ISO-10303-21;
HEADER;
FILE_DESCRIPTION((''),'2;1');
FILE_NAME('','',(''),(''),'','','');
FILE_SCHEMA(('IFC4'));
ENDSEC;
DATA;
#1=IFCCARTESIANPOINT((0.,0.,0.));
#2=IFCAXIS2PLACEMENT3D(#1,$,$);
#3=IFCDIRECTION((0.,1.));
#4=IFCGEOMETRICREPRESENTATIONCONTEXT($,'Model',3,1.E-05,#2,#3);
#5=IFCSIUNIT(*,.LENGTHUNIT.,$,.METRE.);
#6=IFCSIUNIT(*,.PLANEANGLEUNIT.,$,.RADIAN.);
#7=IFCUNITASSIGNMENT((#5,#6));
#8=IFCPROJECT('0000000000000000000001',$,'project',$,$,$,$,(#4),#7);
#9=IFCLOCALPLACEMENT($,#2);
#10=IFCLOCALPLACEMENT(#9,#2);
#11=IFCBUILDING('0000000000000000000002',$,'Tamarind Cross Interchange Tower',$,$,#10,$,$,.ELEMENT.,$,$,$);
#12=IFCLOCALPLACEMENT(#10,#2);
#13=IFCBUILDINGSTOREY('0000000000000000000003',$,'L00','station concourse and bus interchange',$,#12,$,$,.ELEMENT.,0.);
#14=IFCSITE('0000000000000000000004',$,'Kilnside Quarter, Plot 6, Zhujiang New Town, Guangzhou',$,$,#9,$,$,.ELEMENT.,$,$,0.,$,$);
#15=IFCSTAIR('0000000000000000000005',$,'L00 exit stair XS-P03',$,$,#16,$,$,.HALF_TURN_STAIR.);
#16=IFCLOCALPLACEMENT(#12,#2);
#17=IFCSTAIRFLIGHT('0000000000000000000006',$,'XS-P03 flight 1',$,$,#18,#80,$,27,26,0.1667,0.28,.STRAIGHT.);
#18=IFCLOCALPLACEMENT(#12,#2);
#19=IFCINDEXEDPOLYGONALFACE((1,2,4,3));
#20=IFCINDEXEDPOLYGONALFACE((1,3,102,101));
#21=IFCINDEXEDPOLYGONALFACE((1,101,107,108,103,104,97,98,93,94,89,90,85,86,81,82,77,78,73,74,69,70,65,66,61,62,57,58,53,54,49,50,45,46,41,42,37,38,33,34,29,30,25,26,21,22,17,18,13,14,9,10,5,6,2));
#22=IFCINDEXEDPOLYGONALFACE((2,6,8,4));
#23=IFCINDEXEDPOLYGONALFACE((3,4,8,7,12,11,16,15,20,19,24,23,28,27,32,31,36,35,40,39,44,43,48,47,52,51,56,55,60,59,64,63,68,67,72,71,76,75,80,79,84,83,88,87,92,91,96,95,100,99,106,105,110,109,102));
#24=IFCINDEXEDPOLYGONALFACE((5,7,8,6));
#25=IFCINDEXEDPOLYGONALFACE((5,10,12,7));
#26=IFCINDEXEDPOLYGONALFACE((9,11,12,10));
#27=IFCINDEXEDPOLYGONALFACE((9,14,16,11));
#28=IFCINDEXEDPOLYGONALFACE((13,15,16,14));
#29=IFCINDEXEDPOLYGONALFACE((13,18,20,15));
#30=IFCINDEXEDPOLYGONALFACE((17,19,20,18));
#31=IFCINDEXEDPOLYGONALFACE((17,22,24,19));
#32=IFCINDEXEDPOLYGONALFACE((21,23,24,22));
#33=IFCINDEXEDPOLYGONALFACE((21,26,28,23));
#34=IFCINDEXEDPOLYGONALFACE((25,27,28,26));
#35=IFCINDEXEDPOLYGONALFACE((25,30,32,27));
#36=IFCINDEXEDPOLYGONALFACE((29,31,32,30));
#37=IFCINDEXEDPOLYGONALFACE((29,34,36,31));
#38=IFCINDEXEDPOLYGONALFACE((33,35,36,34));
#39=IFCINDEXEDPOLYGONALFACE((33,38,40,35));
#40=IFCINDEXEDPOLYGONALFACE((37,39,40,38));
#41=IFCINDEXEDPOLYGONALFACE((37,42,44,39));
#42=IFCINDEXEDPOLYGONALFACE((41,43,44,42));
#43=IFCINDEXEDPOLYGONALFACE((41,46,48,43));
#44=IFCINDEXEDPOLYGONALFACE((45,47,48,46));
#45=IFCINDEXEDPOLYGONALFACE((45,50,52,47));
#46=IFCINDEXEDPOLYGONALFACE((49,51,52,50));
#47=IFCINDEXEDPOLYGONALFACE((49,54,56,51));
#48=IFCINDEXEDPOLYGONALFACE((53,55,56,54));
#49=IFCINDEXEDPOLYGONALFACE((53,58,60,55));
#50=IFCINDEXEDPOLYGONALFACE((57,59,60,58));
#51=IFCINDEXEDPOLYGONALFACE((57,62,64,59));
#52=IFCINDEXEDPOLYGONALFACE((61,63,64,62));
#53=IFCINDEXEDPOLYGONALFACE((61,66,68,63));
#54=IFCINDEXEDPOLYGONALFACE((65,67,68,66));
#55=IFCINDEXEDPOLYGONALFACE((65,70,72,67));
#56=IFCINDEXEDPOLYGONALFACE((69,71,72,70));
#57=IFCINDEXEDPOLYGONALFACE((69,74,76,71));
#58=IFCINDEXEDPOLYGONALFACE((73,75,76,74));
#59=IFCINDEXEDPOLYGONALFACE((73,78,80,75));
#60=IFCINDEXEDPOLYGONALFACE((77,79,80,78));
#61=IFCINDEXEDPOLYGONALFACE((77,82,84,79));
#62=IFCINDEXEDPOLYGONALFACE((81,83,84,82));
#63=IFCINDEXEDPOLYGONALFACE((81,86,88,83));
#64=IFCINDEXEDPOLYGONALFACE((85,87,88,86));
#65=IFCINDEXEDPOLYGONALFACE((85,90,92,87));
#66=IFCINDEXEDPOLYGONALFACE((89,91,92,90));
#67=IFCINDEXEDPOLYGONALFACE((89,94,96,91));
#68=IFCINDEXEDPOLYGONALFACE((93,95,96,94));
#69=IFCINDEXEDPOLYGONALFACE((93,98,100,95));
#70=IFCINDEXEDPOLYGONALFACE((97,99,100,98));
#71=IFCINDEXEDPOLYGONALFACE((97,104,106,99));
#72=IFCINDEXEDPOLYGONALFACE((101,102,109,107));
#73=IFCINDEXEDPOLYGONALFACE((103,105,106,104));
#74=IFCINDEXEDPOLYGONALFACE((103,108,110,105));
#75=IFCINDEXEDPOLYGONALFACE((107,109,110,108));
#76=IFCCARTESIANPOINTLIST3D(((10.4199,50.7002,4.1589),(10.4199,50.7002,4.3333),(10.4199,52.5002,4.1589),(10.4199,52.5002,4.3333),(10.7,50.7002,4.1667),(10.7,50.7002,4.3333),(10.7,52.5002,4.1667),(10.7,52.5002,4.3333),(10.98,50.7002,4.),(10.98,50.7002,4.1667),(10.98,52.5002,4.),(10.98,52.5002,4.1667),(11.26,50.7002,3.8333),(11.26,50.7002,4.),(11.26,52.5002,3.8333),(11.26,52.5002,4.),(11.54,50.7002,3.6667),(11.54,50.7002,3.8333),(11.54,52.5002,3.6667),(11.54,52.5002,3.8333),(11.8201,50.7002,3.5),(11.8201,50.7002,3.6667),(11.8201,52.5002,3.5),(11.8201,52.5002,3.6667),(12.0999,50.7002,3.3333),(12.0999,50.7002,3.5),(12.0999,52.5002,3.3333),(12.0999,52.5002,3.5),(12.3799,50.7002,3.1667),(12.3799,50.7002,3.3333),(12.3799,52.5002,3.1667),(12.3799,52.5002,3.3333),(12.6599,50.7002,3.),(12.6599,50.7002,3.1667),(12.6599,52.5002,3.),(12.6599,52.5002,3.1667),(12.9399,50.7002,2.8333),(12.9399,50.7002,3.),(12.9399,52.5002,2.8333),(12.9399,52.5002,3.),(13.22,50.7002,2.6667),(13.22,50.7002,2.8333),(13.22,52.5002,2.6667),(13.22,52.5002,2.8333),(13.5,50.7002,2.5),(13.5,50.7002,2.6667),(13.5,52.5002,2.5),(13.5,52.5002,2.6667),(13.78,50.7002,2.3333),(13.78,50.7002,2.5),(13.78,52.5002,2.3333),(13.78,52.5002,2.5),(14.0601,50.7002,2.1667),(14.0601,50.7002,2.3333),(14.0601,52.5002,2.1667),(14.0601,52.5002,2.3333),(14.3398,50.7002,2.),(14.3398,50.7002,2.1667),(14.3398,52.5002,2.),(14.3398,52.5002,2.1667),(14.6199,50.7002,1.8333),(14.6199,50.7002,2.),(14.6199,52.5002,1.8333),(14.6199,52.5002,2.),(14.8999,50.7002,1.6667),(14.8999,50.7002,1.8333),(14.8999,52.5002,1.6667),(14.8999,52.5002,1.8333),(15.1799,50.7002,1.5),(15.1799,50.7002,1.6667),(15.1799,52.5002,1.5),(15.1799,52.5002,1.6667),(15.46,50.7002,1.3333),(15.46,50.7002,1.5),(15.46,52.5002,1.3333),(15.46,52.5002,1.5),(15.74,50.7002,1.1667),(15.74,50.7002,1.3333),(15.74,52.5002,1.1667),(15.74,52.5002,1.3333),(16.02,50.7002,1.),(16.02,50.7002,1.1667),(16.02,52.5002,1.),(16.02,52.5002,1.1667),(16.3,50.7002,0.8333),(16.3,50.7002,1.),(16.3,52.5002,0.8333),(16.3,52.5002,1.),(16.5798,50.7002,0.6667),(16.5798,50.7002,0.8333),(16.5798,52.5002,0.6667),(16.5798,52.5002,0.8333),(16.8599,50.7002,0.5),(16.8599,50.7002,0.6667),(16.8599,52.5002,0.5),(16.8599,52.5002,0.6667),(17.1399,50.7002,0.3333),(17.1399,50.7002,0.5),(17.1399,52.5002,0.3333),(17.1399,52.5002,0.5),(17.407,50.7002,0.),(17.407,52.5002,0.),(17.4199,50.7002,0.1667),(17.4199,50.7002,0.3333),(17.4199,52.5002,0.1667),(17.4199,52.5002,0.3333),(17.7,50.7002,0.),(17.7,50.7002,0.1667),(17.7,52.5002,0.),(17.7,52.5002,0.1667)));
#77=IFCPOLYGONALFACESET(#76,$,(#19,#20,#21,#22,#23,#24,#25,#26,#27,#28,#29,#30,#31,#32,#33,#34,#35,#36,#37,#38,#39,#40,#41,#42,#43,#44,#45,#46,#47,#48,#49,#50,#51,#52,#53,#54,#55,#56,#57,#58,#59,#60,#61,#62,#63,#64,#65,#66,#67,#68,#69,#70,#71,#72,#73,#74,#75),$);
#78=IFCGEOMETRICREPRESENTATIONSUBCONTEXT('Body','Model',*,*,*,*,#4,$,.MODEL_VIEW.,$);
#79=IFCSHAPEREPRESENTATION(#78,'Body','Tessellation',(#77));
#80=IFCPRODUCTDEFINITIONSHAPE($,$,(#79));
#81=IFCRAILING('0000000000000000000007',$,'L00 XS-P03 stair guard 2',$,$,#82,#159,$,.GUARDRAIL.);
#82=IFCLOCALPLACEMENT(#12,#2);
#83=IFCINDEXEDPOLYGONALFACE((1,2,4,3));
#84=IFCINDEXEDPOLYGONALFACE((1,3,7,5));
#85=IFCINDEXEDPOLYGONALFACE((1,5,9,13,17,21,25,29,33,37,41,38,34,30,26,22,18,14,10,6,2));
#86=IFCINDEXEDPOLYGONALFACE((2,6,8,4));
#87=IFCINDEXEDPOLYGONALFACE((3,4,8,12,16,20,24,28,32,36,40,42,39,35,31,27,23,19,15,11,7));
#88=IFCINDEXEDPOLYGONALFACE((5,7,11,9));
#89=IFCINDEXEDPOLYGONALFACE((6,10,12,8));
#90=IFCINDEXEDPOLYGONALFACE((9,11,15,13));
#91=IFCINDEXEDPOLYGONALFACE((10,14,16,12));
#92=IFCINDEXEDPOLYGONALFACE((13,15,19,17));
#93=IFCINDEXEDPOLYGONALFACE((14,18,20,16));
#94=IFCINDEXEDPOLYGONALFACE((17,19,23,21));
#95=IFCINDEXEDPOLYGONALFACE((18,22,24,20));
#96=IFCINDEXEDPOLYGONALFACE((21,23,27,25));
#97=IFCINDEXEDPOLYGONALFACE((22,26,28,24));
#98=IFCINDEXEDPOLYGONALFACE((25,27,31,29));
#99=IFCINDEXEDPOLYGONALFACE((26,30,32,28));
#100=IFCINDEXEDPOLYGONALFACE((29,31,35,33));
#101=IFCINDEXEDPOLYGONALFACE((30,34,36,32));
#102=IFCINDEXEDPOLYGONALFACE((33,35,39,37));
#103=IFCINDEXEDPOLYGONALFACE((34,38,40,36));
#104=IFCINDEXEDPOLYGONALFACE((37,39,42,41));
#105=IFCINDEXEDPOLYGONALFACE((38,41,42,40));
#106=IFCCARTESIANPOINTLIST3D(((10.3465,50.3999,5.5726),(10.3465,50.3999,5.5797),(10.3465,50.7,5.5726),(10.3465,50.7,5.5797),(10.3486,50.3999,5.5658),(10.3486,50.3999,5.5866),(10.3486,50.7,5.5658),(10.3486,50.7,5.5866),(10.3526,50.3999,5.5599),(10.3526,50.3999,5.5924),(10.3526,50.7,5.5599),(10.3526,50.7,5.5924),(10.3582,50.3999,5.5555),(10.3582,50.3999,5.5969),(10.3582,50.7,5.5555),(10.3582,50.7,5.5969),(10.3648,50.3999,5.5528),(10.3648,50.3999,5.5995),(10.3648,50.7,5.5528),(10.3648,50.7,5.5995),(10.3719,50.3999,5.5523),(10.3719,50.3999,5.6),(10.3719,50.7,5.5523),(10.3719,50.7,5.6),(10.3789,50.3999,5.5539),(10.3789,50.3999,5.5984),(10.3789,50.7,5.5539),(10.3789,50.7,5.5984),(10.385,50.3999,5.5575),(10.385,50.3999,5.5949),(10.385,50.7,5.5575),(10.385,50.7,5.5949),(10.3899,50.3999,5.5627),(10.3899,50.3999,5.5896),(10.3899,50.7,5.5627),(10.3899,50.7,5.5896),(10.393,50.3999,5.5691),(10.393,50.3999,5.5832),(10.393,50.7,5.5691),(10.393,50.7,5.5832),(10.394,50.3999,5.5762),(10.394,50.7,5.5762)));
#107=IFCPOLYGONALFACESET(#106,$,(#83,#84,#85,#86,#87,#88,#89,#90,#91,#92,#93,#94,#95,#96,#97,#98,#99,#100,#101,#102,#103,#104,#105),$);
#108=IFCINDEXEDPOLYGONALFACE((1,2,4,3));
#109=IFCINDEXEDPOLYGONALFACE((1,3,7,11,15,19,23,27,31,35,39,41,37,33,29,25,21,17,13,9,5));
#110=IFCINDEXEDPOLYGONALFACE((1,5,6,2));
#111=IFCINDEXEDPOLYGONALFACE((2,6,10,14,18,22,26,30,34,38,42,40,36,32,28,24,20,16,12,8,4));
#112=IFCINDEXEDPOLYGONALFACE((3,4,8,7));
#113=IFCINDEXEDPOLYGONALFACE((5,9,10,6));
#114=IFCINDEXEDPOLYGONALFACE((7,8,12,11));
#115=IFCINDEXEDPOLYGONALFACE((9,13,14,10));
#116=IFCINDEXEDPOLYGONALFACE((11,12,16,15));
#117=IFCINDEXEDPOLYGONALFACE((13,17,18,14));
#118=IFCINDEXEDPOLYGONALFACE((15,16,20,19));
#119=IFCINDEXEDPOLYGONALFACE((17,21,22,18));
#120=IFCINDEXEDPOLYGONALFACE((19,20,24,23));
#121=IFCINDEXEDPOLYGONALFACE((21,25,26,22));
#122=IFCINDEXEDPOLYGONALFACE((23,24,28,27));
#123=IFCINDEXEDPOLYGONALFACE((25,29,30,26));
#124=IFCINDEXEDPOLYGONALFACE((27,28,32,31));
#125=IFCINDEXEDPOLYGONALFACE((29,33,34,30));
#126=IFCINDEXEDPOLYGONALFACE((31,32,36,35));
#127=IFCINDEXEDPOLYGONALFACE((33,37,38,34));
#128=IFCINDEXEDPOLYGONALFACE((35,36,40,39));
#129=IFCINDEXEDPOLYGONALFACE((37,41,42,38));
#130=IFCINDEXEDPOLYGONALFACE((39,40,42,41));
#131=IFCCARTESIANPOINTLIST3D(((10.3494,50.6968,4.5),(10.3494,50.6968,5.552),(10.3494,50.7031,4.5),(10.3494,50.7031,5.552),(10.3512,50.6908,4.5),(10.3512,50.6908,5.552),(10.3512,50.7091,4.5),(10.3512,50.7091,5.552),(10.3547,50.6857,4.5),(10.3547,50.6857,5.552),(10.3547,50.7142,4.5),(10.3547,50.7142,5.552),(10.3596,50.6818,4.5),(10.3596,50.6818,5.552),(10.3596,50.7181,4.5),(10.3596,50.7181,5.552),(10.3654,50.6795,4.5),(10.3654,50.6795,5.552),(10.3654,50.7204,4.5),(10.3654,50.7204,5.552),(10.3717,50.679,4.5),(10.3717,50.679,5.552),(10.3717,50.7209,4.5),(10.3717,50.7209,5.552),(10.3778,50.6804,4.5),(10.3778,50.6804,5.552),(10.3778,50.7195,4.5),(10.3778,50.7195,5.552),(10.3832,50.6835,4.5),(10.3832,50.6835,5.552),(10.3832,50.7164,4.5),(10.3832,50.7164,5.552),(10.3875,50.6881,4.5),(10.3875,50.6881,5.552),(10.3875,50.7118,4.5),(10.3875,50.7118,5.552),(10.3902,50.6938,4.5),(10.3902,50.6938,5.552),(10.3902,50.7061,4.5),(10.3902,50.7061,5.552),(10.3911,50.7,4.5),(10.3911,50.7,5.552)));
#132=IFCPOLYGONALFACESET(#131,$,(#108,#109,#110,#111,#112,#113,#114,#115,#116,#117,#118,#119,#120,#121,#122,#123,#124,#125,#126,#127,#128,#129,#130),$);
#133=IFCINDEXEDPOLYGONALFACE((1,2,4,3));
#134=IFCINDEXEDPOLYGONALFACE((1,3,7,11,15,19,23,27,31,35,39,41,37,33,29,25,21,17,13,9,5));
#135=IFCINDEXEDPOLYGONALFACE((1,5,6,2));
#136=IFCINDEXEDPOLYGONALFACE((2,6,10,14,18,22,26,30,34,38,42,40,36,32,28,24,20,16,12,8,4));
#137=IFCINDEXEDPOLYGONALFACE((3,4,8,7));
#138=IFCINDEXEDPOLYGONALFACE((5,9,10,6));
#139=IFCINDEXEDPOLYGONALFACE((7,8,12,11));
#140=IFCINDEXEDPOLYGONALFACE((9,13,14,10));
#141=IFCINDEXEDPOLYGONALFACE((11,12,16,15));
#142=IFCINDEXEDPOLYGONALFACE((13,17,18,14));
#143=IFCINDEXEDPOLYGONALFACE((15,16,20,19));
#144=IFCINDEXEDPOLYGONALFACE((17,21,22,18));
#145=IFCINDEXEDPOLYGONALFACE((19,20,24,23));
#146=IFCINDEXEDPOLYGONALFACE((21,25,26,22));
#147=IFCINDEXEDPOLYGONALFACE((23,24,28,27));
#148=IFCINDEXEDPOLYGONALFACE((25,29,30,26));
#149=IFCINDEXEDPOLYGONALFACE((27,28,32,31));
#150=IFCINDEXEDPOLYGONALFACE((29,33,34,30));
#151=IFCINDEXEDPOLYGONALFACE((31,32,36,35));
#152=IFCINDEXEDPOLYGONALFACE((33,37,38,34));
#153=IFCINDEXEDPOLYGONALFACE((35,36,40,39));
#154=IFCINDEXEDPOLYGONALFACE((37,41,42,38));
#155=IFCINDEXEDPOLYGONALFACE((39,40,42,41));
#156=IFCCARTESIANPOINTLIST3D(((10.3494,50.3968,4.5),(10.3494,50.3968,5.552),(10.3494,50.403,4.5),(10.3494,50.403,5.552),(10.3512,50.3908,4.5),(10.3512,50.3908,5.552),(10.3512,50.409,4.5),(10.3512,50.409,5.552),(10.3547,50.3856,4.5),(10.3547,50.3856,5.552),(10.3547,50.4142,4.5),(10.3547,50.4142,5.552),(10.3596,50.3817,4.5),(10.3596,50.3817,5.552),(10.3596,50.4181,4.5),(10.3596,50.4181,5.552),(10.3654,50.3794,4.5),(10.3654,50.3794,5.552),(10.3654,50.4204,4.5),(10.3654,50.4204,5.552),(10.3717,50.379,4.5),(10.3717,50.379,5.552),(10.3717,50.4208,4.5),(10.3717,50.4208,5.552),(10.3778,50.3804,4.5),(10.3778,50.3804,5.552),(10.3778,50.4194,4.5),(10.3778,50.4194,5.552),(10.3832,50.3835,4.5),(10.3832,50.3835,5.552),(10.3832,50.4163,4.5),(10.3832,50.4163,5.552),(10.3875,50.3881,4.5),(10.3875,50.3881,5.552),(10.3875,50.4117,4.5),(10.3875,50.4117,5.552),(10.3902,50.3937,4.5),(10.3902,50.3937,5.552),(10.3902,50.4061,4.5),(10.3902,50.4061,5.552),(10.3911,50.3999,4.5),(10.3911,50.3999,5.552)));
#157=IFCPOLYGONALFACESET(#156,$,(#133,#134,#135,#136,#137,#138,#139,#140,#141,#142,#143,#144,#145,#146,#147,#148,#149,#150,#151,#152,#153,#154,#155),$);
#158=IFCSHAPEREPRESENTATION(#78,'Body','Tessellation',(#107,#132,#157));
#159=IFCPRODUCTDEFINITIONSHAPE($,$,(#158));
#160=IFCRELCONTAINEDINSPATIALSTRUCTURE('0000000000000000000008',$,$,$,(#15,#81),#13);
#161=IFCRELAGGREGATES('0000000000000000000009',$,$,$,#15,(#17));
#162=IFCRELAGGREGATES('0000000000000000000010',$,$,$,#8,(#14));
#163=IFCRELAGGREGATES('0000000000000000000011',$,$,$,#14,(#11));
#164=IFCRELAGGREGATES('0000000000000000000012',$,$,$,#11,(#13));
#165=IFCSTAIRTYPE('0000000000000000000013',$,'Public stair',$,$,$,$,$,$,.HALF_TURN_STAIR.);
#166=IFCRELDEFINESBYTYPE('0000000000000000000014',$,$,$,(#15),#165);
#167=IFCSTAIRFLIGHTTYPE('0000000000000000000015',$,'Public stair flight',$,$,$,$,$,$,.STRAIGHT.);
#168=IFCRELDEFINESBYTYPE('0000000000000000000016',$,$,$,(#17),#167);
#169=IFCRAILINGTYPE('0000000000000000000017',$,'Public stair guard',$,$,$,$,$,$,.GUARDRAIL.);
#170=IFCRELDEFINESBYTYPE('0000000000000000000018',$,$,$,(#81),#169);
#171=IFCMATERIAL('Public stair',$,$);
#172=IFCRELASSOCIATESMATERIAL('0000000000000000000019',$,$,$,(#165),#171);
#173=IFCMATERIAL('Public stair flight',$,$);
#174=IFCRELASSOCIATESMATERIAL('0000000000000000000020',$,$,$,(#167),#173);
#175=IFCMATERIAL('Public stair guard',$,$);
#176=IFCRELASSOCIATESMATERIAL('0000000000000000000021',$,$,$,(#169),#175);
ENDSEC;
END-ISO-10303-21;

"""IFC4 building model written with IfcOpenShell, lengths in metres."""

from ifc_helpers import new_model, si_unit, direction, frame, origin, origin_2d, place, context, subcontext, project, spatial, polyline, circle, outline, extrude, material, type_object, element, aggregate, save


model = new_model("IFC4")

# Units and contexts
model_context = context("Model", 3, precision=1e-05, world=origin(), true_north=direction((0.0, 1.0)))
body_context = subcontext(model_context, "Body", "Model", "MODEL_VIEW")
ifc_project = project(units=[si_unit("LENGTHUNIT", "METRE"), si_unit("PLANEANGLEUNIT", "RADIAN")], contexts=[model_context])

# Site, building, storey
site_placement = place(None, origin())
site = spatial("IfcSite", under=ifc_project, at=site_placement, Name="Kilnside Quarter, Plot 6, Zhujiang New Town, Guangzhou", CompositionType="ELEMENT", RefElevation=0.0)
building_placement = place(site_placement, origin())
building = spatial("IfcBuilding", under=site, at=building_placement, Name="Tamarind Cross Interchange Tower", CompositionType="ELEMENT")
storey_placement = place(building_placement, origin())
storey = spatial("IfcBuildingStorey", under=building, at=storey_placement, Name="L00", Description="station concourse and bus interchange", CompositionType="ELEMENT", Elevation=0.0)

# Stair, stair flight
ifc_material_1 = material(Name="Public stair")
stair_type = type_object("IfcStairType", Name="Public stair", PredefinedType="HALF_TURN_STAIR", material=ifc_material_1)
stair_placement = place(storey_placement, origin())
stair = element("IfcStair", 1, at=stair_placement, inside=storey, type_object=stair_type, Name="L00 exit stair XS-P03", PredefinedType="HALF_TURN_STAIR")
ifc_material_2 = material(Name="Public stair flight")
stair_flight_type = type_object("IfcStairFlightType", Name="Public stair flight", PredefinedType="STRAIGHT", material=ifc_material_2)
stair_flight_placement = place(storey_placement, frame((17.7, 51.6001, 0.0), z_axis=(0.0, 0.0, 1.0), x_axis=(-1.0, 0.0, 0.0)))
stair_flight = element("IfcStairFlight", 2, at=stair_flight_placement, type_object=stair_flight_type, Name="XS-P03 flight 1", NumberOfRisers=27, NumberOfTreads=26, PredefinedType="STRAIGHT", RiserHeight=0.1667, TreadLength=0.28, context=body_context, shape_type="SweptSolid", body=[
    extrude(outline(polyline([(0.0, 0.0), (0.0, 0.1667), (0.28, 0.1667), (0.28, 0.3333), (0.5601, 0.3333), (0.5601, 0.5), (0.8401, 0.5), (0.8401, 0.6667), (1.1201, 0.6667), (1.1201, 0.8333), (1.3999, 0.8333), (1.3999, 1.0), (1.6799, 1.0), (1.6799, 1.1667), (1.96, 1.1667), (1.96, 1.3333), (2.24, 1.3333), (2.24, 1.5), (2.52, 1.5), (2.52, 1.6667), (2.8, 1.6667), (2.8, 1.8333), (3.0801, 1.8333), (3.0801, 2.0), (3.3601, 2.0), (3.3601, 2.1667), (3.6399, 2.1667), (3.6399, 2.3333), (3.9199, 2.3333), (3.9199, 2.5), (4.2, 2.5), (4.2, 2.6667), (4.48, 2.6667), (4.48, 2.8333), (4.76, 2.8333), (4.76, 3.0), (5.04, 3.0), (5.04, 3.1667), (5.3201, 3.1667), (5.3201, 3.3333), (5.6001, 3.3333), (5.6001, 3.5), (5.8799, 3.5), (5.8799, 3.6667), (6.1599, 3.6667), (6.1599, 3.8333), (6.4399, 3.8333), (6.4399, 4.0), (6.72, 4.0), (6.72, 4.1667), (7.0, 4.1667), (7.0, 4.3333), (7.28, 4.3333), (7.28, 4.5), (7.28, 4.1589), (0.293, 0.0), (0.0, 0.0)])), frame((0.0, 0.8999, 0.0), z_axis=(0.0, -1.0, 0.0), x_axis=(1.0, 0.0, 0.0)), (0.0, 0.0, 1.0), 1.8),
])
aggregate(stair, [stair_flight])

# Railing
ifc_material_3 = material(Name="Public stair guard")
railing_type_1 = type_object("IfcRailingType", Name="Public stair guard", PredefinedType="GUARDRAIL", material=ifc_material_3)
railing_1_placement = place(storey_placement, frame((10.3701, 50.7, 4.5)))
element("IfcRailing", 3, at=railing_1_placement, inside=storey, type_object=railing_type_1, Name="L00 XS-P03 stair guard 2", PredefinedType="GUARDRAIL", context=body_context, shape_type="SweptSolid", body=[
    extrude(circle(Radius=0.0239, at=origin_2d()), frame((0.0, 0.0, 1.0762), z_axis=(0.0, -1.0, 0.0), x_axis=(1.0, 0.0, 0.0)), (0.0, 0.0, 1.0), 0.3),
    extrude(circle(Radius=0.021, at=origin_2d()), origin(), (0.0, 0.0, 1.0), 1.052),
    extrude(circle(Radius=0.021, at=origin_2d()), frame((0.0, -0.3, 0.0)), (0.0, 0.0, 1.0), 1.052),
])

save(model, "model.ifc")
